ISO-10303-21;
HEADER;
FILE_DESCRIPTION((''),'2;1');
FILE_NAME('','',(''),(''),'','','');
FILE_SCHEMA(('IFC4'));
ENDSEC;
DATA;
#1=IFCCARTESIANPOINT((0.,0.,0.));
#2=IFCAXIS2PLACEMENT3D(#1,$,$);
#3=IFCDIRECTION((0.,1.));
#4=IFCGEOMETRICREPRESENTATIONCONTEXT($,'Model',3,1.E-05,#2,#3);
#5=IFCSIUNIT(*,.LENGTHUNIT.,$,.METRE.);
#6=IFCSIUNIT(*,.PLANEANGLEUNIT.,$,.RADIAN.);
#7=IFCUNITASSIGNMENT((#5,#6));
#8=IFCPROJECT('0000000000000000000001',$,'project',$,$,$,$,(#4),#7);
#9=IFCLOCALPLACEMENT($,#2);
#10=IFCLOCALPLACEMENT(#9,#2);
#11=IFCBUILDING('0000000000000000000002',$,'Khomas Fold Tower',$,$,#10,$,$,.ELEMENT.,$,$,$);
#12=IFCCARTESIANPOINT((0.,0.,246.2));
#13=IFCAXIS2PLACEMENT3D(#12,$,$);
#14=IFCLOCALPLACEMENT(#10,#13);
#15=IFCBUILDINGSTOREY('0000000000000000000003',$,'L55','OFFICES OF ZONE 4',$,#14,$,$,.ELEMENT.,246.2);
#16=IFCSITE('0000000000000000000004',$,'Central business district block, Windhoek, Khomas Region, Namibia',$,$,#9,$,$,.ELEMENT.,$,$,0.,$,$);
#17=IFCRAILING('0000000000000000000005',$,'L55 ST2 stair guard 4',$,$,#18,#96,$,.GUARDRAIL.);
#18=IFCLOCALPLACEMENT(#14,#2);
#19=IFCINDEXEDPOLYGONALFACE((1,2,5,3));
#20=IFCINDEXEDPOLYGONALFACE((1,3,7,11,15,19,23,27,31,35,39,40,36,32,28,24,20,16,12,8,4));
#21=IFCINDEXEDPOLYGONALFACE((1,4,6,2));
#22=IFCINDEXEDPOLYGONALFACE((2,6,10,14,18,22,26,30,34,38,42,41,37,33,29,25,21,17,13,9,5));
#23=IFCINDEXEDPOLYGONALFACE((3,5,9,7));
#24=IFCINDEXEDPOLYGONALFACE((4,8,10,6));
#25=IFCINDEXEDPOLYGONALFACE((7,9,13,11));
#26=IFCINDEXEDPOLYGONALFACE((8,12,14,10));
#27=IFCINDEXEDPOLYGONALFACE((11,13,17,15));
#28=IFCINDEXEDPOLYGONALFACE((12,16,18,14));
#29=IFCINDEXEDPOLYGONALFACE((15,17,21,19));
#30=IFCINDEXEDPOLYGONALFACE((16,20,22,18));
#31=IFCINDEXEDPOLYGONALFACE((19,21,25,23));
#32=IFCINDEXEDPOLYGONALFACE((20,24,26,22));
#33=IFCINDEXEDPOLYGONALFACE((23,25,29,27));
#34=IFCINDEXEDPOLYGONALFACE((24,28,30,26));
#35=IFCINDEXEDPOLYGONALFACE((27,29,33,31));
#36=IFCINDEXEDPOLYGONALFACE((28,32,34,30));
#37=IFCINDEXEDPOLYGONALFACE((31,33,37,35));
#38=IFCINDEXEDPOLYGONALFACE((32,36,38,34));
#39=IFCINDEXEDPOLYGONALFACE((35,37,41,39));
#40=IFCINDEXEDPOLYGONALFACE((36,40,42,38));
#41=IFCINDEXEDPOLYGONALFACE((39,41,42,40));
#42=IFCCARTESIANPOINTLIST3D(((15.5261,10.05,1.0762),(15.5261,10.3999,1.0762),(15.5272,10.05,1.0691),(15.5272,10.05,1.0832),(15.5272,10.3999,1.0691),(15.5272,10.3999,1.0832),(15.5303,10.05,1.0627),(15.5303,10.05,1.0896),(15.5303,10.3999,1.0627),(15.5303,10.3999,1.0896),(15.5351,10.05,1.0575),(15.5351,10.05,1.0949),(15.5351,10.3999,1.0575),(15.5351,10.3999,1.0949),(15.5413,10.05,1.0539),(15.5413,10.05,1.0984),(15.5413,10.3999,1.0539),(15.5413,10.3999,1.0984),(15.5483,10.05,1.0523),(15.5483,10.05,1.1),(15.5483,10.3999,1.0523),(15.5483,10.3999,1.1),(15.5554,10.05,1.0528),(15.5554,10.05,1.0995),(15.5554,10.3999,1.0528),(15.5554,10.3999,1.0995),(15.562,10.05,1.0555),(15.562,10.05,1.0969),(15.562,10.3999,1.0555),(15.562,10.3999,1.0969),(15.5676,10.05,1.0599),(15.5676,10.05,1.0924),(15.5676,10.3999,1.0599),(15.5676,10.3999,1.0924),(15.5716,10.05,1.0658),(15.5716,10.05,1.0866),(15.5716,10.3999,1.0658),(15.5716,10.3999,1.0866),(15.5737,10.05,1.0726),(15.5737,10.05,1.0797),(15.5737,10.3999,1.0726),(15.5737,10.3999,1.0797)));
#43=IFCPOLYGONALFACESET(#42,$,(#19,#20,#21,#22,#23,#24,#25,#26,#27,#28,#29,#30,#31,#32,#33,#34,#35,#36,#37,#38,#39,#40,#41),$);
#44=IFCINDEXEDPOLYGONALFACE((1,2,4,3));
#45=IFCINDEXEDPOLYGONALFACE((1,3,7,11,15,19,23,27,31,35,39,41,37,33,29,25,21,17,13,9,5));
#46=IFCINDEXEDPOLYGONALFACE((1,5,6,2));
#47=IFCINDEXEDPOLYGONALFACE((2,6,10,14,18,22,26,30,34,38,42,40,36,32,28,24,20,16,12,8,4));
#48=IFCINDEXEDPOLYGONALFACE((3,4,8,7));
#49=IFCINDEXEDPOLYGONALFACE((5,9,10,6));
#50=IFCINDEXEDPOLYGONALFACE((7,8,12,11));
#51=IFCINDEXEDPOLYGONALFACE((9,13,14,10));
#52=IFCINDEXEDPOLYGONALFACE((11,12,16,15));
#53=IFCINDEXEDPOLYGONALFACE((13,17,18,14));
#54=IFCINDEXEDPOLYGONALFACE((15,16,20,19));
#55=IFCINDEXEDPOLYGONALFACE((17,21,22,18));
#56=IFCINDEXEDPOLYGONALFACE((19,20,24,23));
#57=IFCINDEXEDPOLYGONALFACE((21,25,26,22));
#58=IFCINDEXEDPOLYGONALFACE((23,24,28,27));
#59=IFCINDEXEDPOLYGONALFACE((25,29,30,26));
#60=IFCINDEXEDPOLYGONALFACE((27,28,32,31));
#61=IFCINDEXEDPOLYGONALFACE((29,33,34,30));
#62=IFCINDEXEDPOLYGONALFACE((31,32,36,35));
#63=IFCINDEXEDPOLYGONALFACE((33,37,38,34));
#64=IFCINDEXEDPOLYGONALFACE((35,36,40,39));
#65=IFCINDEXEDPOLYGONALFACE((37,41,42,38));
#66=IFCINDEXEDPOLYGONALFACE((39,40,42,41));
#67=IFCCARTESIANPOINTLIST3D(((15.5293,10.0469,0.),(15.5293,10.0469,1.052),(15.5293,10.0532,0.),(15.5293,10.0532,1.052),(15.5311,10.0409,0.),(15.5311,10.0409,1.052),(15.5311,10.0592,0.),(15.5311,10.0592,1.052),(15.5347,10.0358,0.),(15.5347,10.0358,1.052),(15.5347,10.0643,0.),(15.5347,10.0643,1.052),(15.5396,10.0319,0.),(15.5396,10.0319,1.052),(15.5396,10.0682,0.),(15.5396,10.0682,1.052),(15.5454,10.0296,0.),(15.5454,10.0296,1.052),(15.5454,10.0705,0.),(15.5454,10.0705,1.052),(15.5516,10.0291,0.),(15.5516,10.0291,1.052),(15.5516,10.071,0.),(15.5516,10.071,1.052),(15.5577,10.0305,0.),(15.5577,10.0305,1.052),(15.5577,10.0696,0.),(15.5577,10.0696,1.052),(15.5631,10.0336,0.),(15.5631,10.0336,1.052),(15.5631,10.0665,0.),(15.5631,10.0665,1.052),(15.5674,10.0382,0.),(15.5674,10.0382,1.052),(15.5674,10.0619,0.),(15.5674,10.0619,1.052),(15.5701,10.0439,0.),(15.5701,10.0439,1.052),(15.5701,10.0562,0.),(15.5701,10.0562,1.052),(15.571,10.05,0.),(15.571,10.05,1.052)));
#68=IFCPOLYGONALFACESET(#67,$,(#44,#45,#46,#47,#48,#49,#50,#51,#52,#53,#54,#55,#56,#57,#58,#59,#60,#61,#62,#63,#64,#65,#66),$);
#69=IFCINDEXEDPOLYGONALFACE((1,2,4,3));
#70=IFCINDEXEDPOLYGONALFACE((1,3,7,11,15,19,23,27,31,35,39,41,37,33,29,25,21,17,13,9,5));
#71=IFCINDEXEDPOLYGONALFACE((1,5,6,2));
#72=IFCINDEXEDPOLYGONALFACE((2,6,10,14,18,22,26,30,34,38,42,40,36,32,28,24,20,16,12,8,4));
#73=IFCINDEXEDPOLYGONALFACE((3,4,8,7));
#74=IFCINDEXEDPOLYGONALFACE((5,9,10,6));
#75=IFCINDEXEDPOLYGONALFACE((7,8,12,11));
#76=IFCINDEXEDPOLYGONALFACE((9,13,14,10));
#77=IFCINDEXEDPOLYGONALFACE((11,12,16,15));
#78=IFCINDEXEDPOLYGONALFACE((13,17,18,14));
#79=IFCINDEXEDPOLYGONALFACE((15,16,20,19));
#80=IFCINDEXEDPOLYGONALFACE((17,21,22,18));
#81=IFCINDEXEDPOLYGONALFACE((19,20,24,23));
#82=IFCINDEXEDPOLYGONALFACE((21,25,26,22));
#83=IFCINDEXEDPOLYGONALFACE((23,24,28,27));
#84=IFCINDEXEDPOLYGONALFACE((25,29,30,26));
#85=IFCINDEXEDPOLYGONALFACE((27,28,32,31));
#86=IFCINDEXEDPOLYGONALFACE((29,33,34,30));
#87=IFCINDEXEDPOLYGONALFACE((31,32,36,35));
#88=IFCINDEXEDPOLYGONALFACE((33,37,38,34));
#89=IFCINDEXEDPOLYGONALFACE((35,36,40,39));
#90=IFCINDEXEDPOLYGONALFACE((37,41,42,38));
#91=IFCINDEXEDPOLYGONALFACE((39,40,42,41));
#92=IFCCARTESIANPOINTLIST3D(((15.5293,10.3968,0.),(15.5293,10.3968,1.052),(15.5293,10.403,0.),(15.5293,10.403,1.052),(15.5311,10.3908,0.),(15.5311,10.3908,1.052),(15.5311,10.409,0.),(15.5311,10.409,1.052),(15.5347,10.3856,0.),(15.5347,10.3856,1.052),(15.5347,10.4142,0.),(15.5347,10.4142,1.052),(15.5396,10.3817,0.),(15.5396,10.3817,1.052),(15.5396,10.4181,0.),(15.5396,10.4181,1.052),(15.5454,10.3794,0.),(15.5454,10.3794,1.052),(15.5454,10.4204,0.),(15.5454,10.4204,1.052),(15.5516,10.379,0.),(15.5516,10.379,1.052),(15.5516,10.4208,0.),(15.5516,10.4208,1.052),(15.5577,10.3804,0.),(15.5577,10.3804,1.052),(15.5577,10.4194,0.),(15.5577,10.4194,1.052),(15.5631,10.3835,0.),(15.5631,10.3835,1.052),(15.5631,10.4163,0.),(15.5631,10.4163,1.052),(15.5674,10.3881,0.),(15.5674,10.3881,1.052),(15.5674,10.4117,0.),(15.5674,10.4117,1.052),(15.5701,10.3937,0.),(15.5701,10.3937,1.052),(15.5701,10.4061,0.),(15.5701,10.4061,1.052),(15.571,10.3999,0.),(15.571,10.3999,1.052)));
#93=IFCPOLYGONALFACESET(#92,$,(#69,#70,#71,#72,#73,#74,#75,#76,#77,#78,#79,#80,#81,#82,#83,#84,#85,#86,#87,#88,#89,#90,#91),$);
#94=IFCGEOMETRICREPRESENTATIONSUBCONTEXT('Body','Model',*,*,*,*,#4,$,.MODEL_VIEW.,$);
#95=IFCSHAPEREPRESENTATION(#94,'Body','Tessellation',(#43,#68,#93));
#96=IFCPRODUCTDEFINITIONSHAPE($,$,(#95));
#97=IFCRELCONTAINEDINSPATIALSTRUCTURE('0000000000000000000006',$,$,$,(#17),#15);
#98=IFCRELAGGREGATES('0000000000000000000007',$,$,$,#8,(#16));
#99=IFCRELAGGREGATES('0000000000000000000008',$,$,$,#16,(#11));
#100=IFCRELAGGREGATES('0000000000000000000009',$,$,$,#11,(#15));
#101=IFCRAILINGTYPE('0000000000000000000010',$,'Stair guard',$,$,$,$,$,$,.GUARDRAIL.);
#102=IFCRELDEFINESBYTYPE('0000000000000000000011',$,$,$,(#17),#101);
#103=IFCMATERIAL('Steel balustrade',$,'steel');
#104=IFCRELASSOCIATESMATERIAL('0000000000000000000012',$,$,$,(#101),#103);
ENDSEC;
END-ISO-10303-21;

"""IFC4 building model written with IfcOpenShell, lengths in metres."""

from ifc_helpers import new_model, si_unit, direction, frame, origin, origin_2d, place, context, subcontext, project, spatial, circle, extrude, source, transform, mapped, material, type_object, element, save


model = new_model("IFC4")

# Units and contexts
model_context = context("Model", 3, precision=1e-05, world=origin(), true_north=direction((0.0, 1.0)))
body_context = subcontext(model_context, "Body", "Model", "MODEL_VIEW")
ifc_project = project(units=[si_unit("LENGTHUNIT", "METRE"), si_unit("PLANEANGLEUNIT", "RADIAN")], contexts=[model_context])

# Site, building, storey
site_placement = place(None, origin())
site = spatial("IfcSite", under=ifc_project, at=site_placement, Name="Central business district block, Windhoek, Khomas Region, Namibia", CompositionType="ELEMENT", RefElevation=0.0)
building_placement = place(site_placement, origin())
building = spatial("IfcBuilding", under=site, at=building_placement, Name="Khomas Fold Tower", CompositionType="ELEMENT")
storey_placement = place(building_placement, frame((0.0, 0.0, 246.2)))
storey = spatial("IfcBuildingStorey", under=building, at=storey_placement, Name="L55", Description="OFFICES OF ZONE 4", CompositionType="ELEMENT", Elevation=246.2)

# Railing
ifc_material_1 = material(Name="Steel balustrade", Category="steel")
railing_type_1 = type_object("IfcRailingType", Name="Stair guard", PredefinedType="GUARDRAIL", material=ifc_material_1)
shared_shape_1 = source(origin(), body_context, "Body", "SweptSolid", [
    extrude(circle(Radius=0.0239, at=origin_2d()), frame((0.0, 0.0, 1.0762), z_axis=(0.0, 1.0, 0.0), x_axis=(-1.0, 0.0, 0.0)), (0.0, 0.0, 1.0), 0.3499),
    extrude(circle(Radius=0.021, at=origin_2d()), origin(), (0.0, 0.0, 1.0), 1.052),
    extrude(circle(Radius=0.021, at=origin_2d()), frame((0.0, 0.3499, 0.0)), (0.0, 0.0, 1.0), 1.052),
])
for number, where, name in (
    (1, (15.55, 10.05, 0.0), "L55 ST2 stair guard 4"),
):
    element("IfcRailing", number, at=place(storey_placement, frame(where)), inside=storey, type_object=railing_type_1, Name=name, PredefinedType="GUARDRAIL", context=body_context, shape_type="MappedRepresentation", body=[
        mapped(shared_shape_1, transform((0.0, 0.0, 0.0))),
    ])

save(model, "model.ifc")
